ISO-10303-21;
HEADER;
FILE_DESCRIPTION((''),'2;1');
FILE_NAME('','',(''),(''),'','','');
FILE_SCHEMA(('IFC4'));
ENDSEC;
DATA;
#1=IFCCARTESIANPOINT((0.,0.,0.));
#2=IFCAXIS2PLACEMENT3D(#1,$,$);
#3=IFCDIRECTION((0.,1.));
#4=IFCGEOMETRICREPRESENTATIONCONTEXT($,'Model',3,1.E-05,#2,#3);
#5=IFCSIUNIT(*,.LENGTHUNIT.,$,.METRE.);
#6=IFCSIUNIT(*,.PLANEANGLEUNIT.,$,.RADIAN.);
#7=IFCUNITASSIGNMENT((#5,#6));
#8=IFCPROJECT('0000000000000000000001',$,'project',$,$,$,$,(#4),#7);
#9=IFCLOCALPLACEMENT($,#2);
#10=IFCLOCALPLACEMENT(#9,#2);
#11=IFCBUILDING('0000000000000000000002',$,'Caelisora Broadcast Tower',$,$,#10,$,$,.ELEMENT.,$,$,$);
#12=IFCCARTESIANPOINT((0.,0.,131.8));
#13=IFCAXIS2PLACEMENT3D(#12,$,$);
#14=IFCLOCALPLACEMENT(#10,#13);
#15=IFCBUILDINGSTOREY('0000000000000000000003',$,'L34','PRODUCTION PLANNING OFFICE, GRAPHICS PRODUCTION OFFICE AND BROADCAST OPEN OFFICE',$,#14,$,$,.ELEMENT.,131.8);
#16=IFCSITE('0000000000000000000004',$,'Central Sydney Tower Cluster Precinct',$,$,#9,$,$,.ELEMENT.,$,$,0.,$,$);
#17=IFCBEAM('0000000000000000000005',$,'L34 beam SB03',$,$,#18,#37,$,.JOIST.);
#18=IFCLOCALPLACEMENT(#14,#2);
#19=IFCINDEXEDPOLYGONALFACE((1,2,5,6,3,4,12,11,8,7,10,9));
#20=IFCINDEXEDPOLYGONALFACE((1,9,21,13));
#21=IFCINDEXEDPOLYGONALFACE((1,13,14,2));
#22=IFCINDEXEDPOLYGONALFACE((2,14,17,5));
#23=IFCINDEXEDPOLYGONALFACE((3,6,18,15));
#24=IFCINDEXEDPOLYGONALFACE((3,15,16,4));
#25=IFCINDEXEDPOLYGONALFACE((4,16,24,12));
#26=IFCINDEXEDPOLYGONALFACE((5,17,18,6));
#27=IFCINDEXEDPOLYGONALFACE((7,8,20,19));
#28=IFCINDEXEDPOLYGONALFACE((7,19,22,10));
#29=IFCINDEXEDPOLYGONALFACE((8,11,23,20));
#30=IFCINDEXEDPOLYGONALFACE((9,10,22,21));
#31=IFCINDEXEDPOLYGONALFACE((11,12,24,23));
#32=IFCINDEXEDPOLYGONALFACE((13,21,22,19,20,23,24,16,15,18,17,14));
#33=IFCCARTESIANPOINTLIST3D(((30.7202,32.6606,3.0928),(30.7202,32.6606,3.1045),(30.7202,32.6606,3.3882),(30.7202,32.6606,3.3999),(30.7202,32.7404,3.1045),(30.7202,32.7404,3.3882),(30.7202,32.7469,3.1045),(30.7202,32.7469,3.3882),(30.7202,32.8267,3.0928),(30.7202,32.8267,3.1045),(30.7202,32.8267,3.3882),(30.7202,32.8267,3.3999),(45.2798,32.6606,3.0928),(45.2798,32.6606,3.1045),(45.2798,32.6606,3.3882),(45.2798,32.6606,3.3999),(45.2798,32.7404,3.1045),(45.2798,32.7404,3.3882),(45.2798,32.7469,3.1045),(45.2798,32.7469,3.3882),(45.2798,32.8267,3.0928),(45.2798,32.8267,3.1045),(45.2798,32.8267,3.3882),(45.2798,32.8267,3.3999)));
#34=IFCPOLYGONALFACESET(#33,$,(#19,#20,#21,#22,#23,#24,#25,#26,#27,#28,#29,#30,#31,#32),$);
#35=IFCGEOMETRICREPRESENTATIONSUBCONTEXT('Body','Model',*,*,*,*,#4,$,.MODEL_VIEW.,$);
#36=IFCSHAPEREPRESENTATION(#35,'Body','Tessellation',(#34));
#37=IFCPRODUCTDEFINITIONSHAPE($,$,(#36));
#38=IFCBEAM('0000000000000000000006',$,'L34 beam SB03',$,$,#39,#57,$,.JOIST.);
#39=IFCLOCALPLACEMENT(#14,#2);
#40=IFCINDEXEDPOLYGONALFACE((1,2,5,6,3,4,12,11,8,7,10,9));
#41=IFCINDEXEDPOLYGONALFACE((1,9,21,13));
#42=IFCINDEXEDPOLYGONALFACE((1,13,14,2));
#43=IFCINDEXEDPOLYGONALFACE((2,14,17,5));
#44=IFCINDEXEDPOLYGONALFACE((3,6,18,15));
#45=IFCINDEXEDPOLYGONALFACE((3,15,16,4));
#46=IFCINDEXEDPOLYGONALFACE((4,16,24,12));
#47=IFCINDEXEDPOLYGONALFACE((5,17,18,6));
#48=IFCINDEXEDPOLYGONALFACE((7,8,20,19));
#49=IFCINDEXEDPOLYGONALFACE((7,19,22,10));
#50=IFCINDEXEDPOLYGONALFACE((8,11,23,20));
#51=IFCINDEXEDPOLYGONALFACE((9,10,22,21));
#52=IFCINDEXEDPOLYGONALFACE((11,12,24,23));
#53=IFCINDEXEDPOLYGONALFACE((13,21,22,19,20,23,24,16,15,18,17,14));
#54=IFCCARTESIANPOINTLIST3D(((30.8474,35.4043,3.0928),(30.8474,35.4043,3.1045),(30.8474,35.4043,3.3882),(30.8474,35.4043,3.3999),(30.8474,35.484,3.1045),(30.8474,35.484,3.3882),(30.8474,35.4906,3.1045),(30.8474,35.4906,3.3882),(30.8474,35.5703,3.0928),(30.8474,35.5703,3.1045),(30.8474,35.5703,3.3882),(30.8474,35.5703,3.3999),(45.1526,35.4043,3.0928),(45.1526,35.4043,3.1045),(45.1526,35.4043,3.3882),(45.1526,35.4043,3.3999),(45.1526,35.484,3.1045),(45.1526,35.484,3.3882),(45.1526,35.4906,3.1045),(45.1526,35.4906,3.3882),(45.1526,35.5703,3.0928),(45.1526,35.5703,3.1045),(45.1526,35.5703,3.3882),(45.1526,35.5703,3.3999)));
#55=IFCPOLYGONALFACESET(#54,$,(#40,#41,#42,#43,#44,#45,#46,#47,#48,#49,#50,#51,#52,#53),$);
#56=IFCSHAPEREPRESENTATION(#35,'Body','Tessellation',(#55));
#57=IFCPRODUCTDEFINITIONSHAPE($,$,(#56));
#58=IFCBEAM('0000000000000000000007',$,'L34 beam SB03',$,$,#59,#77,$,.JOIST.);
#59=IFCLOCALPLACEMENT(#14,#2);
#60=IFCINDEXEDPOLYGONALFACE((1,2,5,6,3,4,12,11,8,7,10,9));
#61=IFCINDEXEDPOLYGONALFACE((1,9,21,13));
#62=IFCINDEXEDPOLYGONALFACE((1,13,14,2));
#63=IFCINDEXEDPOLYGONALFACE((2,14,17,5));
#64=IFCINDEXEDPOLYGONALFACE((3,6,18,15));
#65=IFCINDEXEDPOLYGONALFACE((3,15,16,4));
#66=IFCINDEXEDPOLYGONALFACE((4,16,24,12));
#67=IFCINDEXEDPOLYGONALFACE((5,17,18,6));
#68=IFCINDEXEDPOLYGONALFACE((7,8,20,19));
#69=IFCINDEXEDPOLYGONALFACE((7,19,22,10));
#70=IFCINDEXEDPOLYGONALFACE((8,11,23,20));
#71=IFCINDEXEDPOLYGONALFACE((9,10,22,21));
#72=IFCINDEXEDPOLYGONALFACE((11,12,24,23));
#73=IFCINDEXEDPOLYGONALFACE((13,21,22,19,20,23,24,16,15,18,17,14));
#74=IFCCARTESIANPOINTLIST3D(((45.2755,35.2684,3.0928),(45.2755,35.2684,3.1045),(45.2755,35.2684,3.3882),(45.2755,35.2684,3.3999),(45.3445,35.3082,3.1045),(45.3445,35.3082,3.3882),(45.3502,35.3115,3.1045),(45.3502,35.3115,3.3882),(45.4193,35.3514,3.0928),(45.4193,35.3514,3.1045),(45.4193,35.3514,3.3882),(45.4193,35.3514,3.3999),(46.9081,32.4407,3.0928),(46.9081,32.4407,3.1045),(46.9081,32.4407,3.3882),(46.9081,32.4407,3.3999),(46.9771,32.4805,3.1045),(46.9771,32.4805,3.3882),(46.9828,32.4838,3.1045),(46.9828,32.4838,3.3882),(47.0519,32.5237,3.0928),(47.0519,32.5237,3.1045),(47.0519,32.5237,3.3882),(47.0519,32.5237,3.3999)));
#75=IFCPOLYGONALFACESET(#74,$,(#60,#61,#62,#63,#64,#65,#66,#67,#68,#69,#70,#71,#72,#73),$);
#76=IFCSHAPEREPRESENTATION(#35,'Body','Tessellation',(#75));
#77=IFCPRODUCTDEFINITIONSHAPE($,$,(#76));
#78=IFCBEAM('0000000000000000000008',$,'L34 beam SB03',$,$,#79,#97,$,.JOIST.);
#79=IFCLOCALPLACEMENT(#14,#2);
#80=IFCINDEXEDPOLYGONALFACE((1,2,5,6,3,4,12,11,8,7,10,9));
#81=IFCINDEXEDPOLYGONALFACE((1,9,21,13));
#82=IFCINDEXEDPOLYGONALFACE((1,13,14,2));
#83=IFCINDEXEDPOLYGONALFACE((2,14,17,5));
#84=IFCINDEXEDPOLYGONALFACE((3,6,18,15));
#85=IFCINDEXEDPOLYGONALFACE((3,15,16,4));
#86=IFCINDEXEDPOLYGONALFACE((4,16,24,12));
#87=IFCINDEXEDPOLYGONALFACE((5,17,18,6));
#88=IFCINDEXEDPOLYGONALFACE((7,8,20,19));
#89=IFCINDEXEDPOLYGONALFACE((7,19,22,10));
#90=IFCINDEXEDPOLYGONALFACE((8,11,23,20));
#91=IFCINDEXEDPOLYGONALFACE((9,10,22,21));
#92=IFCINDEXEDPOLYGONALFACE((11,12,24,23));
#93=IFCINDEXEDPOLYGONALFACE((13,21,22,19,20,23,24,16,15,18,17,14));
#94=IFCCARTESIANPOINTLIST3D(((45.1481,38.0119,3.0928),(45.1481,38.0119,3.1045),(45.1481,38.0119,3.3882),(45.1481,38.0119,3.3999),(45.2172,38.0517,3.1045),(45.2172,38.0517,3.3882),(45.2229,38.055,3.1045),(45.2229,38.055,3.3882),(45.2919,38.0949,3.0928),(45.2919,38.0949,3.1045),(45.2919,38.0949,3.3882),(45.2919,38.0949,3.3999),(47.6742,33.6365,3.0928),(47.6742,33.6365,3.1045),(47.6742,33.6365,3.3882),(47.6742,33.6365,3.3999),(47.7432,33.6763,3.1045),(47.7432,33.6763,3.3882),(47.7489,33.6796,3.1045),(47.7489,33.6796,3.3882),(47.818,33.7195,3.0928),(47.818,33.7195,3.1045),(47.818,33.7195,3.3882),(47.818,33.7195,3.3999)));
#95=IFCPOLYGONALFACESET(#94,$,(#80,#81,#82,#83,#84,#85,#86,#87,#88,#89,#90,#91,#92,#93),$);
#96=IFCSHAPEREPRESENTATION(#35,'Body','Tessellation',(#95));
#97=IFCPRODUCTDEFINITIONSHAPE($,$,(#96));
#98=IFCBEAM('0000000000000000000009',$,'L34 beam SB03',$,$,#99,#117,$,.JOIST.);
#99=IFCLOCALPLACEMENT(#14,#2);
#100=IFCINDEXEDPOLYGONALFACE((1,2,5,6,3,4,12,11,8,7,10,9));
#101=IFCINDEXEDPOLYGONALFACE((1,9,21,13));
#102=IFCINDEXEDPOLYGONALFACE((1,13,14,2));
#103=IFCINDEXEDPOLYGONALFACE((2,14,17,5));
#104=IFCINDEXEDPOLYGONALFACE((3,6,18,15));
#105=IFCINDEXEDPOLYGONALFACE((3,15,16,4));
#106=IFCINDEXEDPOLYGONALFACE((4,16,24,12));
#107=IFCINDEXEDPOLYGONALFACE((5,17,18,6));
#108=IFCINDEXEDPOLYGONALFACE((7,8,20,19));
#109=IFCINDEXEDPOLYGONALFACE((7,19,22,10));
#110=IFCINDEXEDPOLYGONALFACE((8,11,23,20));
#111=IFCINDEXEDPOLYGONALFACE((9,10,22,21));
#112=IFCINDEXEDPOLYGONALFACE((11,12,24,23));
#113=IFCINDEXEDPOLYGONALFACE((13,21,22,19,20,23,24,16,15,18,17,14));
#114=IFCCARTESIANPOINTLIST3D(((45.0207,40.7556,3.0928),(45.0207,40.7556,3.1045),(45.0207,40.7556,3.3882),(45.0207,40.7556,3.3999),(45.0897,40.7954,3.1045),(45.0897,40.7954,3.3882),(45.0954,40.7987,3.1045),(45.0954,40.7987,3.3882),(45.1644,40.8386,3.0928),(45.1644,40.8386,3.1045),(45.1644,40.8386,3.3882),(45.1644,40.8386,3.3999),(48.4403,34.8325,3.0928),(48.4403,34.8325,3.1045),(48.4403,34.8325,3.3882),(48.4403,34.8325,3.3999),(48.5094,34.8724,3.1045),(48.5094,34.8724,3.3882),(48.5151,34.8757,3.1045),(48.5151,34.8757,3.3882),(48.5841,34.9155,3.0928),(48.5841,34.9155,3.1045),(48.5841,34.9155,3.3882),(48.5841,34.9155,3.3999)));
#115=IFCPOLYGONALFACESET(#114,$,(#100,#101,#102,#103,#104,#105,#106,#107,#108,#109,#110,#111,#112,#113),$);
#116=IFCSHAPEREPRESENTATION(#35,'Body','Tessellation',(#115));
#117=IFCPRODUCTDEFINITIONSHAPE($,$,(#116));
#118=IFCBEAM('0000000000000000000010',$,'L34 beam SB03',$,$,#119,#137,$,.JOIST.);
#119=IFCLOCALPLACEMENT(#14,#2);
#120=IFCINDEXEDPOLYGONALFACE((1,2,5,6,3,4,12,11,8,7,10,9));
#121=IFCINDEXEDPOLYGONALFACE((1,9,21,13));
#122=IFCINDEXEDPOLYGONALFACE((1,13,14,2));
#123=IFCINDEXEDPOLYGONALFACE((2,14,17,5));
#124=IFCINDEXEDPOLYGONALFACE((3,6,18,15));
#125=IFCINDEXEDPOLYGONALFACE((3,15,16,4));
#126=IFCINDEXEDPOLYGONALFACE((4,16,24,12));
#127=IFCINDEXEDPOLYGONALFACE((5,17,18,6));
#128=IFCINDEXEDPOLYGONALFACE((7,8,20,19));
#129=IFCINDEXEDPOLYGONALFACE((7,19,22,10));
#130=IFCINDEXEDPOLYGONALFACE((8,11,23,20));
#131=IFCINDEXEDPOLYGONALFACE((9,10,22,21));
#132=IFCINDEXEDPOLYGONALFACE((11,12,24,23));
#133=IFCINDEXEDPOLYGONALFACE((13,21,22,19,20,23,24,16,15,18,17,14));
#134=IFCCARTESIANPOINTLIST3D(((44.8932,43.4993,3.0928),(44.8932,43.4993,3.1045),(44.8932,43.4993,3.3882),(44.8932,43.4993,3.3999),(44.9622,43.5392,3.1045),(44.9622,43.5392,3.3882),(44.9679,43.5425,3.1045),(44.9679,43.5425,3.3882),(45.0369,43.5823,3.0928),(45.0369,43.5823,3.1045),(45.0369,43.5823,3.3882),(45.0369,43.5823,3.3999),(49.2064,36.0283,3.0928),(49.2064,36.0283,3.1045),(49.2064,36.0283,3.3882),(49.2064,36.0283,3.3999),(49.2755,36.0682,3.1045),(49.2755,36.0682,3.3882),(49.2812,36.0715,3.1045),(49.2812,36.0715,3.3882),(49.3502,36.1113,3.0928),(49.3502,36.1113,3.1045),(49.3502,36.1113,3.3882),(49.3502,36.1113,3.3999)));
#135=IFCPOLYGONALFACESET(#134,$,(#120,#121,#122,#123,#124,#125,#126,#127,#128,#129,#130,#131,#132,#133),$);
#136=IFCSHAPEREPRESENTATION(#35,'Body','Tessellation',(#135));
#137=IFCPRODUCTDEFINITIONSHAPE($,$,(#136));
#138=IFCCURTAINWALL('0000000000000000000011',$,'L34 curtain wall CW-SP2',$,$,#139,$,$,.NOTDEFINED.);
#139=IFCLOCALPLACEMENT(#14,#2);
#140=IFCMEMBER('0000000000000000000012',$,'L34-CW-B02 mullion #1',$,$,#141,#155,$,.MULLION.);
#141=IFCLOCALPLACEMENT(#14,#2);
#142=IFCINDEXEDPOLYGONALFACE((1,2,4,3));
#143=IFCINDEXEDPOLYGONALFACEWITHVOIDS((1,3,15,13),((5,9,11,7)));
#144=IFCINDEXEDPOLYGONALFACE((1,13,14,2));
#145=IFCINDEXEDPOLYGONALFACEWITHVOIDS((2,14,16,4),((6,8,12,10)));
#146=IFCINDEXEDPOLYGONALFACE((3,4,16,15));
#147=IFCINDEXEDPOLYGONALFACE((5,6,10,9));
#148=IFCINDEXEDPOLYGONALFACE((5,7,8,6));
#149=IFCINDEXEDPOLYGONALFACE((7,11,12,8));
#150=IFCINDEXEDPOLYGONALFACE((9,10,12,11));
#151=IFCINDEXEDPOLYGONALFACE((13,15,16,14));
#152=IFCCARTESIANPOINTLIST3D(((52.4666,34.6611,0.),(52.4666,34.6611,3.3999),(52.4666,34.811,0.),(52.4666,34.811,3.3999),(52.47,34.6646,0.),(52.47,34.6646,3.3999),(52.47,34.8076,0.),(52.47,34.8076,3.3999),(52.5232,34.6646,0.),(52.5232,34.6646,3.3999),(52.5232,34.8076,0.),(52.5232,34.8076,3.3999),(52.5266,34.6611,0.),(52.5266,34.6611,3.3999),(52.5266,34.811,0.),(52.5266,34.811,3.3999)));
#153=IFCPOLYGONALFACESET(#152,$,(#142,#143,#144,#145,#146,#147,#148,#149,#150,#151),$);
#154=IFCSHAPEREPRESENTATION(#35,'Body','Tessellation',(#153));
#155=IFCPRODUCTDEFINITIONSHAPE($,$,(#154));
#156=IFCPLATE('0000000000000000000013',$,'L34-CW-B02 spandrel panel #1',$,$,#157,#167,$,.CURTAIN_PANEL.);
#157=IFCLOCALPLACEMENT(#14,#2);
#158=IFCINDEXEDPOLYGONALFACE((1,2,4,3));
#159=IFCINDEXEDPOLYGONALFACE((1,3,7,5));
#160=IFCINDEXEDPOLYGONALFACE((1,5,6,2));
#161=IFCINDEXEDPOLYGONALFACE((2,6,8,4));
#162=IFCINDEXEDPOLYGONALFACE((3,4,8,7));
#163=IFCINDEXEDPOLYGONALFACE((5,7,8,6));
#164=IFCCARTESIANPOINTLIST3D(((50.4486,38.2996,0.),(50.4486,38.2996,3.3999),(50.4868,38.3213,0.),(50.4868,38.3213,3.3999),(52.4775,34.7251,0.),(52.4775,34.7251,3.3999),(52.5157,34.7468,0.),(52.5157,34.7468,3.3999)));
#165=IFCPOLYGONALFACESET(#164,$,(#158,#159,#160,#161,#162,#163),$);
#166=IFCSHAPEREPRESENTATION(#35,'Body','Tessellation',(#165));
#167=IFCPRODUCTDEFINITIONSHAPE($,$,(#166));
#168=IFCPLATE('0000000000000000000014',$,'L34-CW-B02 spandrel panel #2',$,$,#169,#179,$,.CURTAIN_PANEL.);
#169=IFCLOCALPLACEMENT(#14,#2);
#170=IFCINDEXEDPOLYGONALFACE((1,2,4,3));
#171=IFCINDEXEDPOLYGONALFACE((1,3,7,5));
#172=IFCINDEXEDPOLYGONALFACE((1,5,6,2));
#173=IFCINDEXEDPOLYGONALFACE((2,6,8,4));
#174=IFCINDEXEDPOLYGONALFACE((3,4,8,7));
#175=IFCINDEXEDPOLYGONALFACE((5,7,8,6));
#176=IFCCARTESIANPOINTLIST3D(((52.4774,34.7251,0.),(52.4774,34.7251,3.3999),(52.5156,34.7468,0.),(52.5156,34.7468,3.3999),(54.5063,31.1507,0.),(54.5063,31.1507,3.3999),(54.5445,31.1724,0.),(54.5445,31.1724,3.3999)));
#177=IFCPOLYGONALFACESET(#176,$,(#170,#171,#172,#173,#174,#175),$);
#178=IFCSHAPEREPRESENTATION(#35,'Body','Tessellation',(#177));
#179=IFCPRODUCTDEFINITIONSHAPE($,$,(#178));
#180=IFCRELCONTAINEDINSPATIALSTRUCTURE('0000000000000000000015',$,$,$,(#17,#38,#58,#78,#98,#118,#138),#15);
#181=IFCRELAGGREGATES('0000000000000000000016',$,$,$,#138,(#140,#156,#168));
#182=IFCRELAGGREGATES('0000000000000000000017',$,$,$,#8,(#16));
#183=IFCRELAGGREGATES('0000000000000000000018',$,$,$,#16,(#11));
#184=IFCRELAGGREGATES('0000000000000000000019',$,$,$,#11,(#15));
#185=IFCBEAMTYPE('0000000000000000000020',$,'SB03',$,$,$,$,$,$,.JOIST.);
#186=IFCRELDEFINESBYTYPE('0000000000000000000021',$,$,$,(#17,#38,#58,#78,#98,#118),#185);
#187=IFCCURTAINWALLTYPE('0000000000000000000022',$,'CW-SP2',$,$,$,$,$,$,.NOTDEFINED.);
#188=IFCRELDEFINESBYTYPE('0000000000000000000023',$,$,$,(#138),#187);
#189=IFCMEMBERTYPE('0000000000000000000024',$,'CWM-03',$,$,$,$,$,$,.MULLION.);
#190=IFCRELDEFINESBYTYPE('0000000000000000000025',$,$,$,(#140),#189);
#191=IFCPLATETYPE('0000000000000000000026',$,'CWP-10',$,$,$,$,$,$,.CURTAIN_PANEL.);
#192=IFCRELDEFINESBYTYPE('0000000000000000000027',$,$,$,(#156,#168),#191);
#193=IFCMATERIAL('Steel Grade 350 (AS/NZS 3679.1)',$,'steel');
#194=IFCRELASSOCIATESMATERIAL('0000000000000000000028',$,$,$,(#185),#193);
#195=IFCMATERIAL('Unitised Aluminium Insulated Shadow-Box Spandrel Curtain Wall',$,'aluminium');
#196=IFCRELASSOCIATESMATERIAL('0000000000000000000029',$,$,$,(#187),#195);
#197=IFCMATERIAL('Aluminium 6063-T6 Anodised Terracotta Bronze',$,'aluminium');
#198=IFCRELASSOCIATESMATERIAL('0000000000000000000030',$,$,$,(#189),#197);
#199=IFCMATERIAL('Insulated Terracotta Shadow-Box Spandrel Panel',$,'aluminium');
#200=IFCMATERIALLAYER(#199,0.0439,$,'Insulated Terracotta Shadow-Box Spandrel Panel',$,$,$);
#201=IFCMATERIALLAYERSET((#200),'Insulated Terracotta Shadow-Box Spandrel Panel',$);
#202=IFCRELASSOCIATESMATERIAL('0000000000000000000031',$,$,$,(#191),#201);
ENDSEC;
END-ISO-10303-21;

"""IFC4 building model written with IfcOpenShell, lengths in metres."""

from ifc_helpers import new_model, si_unit, direction, frame, origin, origin_2d, place, context, subcontext, project, spatial, rectangle, hollow_rectangle, i_section, extrude, source, transform, mapped, material, layer, layer_set, material_profile, profile_set, type_object, type_shapes, element, aggregate, save


model = new_model("IFC4")

# Units and contexts
model_context = context("Model", 3, precision=1e-05, world=origin(), true_north=direction((0.0, 1.0)))
body_context = subcontext(model_context, "Body", "Model", "MODEL_VIEW")
ifc_project = project(units=[si_unit("LENGTHUNIT", "METRE"), si_unit("PLANEANGLEUNIT", "RADIAN")], contexts=[model_context])

# Site, building, storey
site_placement = place(None, origin())
site = spatial("IfcSite", under=ifc_project, at=site_placement, Name="Central Sydney Tower Cluster Precinct", CompositionType="ELEMENT", RefElevation=0.0)
building_placement = place(site_placement, origin())
building = spatial("IfcBuilding", under=site, at=building_placement, Name="Caelisora Broadcast Tower", CompositionType="ELEMENT")
storey_placement = place(building_placement, frame((0.0, 0.0, 131.8)))
storey = spatial("IfcBuildingStorey", under=building, at=storey_placement, Name="L34", Description="PRODUCTION PLANNING OFFICE, GRAPHICS PRODUCTION OFFICE AND BROADCAST OPEN OFFICE", CompositionType="ELEMENT", Elevation=131.8)

# Beams
ifc_material_1 = material(Name="Steel Grade 350 (AS/NZS 3679.1)", Category="steel")
ifc_material_profile_1 = material_profile(ifc_material_1, i_section(OverallWidth=0.166, OverallDepth=0.3071, WebThickness=0.0066, FlangeThickness=0.0117, at=origin_2d()), Name="Steel Grade 350 (AS/NZS 3679.1)")
ifc_profile_set_1 = profile_set([ifc_material_profile_1], Name="Steel Grade 350 (AS/NZS 3679.1)")
beam_type = type_object("IfcBeamType", Name="SB03", PredefinedType="JOIST", material=ifc_profile_set_1)
shared_shape_1 = source(origin(), body_context, "Body", "SweptSolid", [
    extrude(i_section(OverallWidth=0.166, OverallDepth=0.3071, WebThickness=0.0066, FlangeThickness=0.0117, at=origin_2d()), origin(), (0.0, 0.0, 1.0), 14.5596),
])
beam_1_placement = place(storey_placement, frame((45.2798, 32.7437, 3.2463), z_axis=(-1.0, 0.0, 0.0), x_axis=(0.0, -1.0, 0.0)))
element("IfcBeam", 1, at=beam_1_placement, inside=storey, type_object=beam_type, Name="L34 beam SB03", PredefinedType="JOIST", context=body_context, shape_type="MappedRepresentation", body=[
    mapped(shared_shape_1, transform((0.0, 0.0, 0.0), scale=1.0)),
])
shared_shape_2 = source(origin(), body_context, "Body", "SweptSolid", [
    extrude(i_section(OverallWidth=0.166, OverallDepth=0.3071, WebThickness=0.0066, FlangeThickness=0.0117, at=origin_2d()), origin(), (0.0, 0.0, 1.0), 14.3052),
])
beam_2_placement = place(storey_placement, frame((45.1526, 35.4873, 3.2463), z_axis=(-1.0, 0.0, 0.0), x_axis=(0.0, -1.0, 0.0)))
element("IfcBeam", 2, at=beam_2_placement, inside=storey, type_object=beam_type, Name="L34 beam SB03", PredefinedType="JOIST", context=body_context, shape_type="MappedRepresentation", body=[
    mapped(shared_shape_2, transform((0.0, 0.0, 0.0), scale=1.0)),
])
shared_shape_3 = source(origin(), body_context, "Body", "SweptSolid", [
    extrude(i_section(OverallWidth=0.166, OverallDepth=0.3071, WebThickness=0.0066, FlangeThickness=0.0117, at=origin_2d()), origin(), (0.0, 0.0, 1.0), 3.2651),
])
beam_3_placement = place(storey_placement, frame((46.98, 32.4822, 3.2463), z_axis=(-0.500007, 0.866021, 0.0), x_axis=(-0.866021, -0.500007, 0.0)))
element("IfcBeam", 3, at=beam_3_placement, inside=storey, type_object=beam_type, Name="L34 beam SB03", PredefinedType="JOIST", context=body_context, shape_type="MappedRepresentation", body=[
    mapped(shared_shape_3, transform((0.0, 0.0, 0.0), scale=1.0)),
])
shared_shape_4 = source(origin(), body_context, "Body", "SweptSolid", [
    extrude(i_section(OverallWidth=0.166, OverallDepth=0.3071, WebThickness=0.0066, FlangeThickness=0.0117, at=origin_2d()), origin(), (0.0, 0.0, 1.0), 5.0522),
])
beam_4_placement = place(storey_placement, frame((47.7461, 33.678, 3.2463), z_axis=(-0.49999, 0.866031, 0.0), x_axis=(-0.866031, -0.49999, 0.0)))
element("IfcBeam", 4, at=beam_4_placement, inside=storey, type_object=beam_type, Name="L34 beam SB03", PredefinedType="JOIST", context=body_context, shape_type="MappedRepresentation", body=[
    mapped(shared_shape_4, transform((0.0, 0.0, 0.0), scale=1.0)),
])
shared_shape_5 = source(origin(), body_context, "Body", "SweptSolid", [
    extrude(i_section(OverallWidth=0.166, OverallDepth=0.3071, WebThickness=0.0066, FlangeThickness=0.0117, at=origin_2d()), origin(), (0.0, 0.0, 1.0), 6.8394),
])
beam_5_placement = place(storey_placement, frame((48.5122, 34.874, 3.2463), z_axis=(-0.499997, 0.866027, 0.0), x_axis=(-0.866027, -0.499997, 0.0)))
element("IfcBeam", 5, at=beam_5_placement, inside=storey, type_object=beam_type, Name="L34 beam SB03", PredefinedType="JOIST", context=body_context, shape_type="MappedRepresentation", body=[
    mapped(shared_shape_5, transform((0.0, 0.0, 0.0), scale=1.0)),
])
shared_shape_6 = source(origin(), body_context, "Body", "SweptSolid", [
    extrude(i_section(OverallWidth=0.166, OverallDepth=0.3071, WebThickness=0.0066, FlangeThickness=0.0117, at=origin_2d()), origin(), (0.0, 0.0, 1.0), 8.6267),
])
type_shapes(beam_type, [shared_shape_1, shared_shape_2, shared_shape_3, shared_shape_4, shared_shape_5, shared_shape_6])
beam_6_placement = place(storey_placement, frame((49.2783, 36.0698, 3.2463), z_axis=(-0.499989, 0.866031, 0.0), x_axis=(-0.866031, -0.499989, 0.0)))
element("IfcBeam", 6, at=beam_6_placement, inside=storey, type_object=beam_type, Name="L34 beam SB03", PredefinedType="JOIST", context=body_context, shape_type="MappedRepresentation", body=[
    mapped(shared_shape_6, transform((0.0, 0.0, 0.0), scale=1.0)),
])

# Curtain wall, member, plates
ifc_material_2 = material(Name="Unitised Aluminium Insulated Shadow-Box Spandrel Curtain Wall", Category="aluminium")
curtain_wall_type = type_object("IfcCurtainWallType", Name="CW-SP2", PredefinedType="NOTDEFINED", material=ifc_material_2)
curtain_wall_placement = place(storey_placement, origin())
curtain_wall = element("IfcCurtainWall", 7, at=curtain_wall_placement, inside=storey, type_object=curtain_wall_type, Name="L34 curtain wall CW-SP2", PredefinedType="NOTDEFINED")
ifc_material_3 = material(Name="Aluminium 6063-T6 Anodised Terracotta Bronze", Category="aluminium")
ifc_material_profile_2 = material_profile(ifc_material_3, hollow_rectangle(XDim=0.0601, YDim=0.1499, WallThickness=0.0034, at=origin_2d()), Name="Aluminium 6063-T6 Anodised Terracotta Bronze")
ifc_profile_set_2 = profile_set([ifc_material_profile_2], Name="Aluminium 6063-T6 Anodised Terracotta Bronze")
member_type = type_object("IfcMemberType", Name="CWM-03", PredefinedType="MULLION", material=ifc_profile_set_2)
shared_shape_7 = source(origin(), body_context, "Body", "SweptSolid", [
    extrude(hollow_rectangle(XDim=0.0601, YDim=0.1499, WallThickness=0.0034, at=origin_2d()), origin(), (0.0, 0.0, 1.0), 3.3999),
])
type_shapes(member_type, [shared_shape_7])
member_placement = place(storey_placement, frame((52.4966, 34.7361, 0.0), z_axis=(0.0, 0.0, 1.0), x_axis=(1.0, 0.0, 0.0)))
member = element("IfcMember", 8, at=member_placement, type_object=member_type, Name="L34-CW-B02 mullion #1", PredefinedType="MULLION", context=body_context, shape_type="MappedRepresentation", body=[
    mapped(shared_shape_7, transform((0.0, 0.0, 0.0), scale=1.0)),
])
ifc_material_4 = material(Name="Insulated Terracotta Shadow-Box Spandrel Panel", Category="aluminium")
ifc_layer_1 = layer(ifc_material_4, 0.0439, Name="Insulated Terracotta Shadow-Box Spandrel Panel")
ifc_layer_set_1 = layer_set([ifc_layer_1], Name="Insulated Terracotta Shadow-Box Spandrel Panel")
plate_type = type_object("IfcPlateType", Name="CWP-10", PredefinedType="CURTAIN_PANEL", material=ifc_layer_set_1)
shared_shape_8 = source(origin(), body_context, "Body", "SweptSolid", [
    extrude(rectangle(XDim=4.1101, YDim=0.0439, at=origin_2d()), origin(), (0.0, 0.0, 1.0), 3.3999),
])
type_shapes(plate_type, [shared_shape_8])
plate_1_placement = place(storey_placement, frame((51.4822, 36.5232, 0.0), z_axis=(0.0, 0.0, 1.0), x_axis=(0.493638, -0.869667, 0.0)))
plate_1 = element("IfcPlate", 9, at=plate_1_placement, type_object=plate_type, Name="L34-CW-B02 spandrel panel #1", PredefinedType="CURTAIN_PANEL", context=body_context, shape_type="MappedRepresentation", body=[
    mapped(shared_shape_8, transform((0.0, 0.0, 0.0), scale=1.0)),
])
plate_2_placement = place(storey_placement, frame((53.511, 32.9487, 0.0), z_axis=(0.0, 0.0, 1.0), x_axis=(0.493638, -0.869667, 0.0)))
plate_2 = element("IfcPlate", 10, at=plate_2_placement, type_object=plate_type, Name="L34-CW-B02 spandrel panel #2", PredefinedType="CURTAIN_PANEL", context=body_context, shape_type="MappedRepresentation", body=[
    mapped(shared_shape_8, transform((0.0, 0.0, 0.0), scale=1.0)),
])
aggregate(curtain_wall, [member, plate_1, plate_2])

save(model, "model.ifc")
